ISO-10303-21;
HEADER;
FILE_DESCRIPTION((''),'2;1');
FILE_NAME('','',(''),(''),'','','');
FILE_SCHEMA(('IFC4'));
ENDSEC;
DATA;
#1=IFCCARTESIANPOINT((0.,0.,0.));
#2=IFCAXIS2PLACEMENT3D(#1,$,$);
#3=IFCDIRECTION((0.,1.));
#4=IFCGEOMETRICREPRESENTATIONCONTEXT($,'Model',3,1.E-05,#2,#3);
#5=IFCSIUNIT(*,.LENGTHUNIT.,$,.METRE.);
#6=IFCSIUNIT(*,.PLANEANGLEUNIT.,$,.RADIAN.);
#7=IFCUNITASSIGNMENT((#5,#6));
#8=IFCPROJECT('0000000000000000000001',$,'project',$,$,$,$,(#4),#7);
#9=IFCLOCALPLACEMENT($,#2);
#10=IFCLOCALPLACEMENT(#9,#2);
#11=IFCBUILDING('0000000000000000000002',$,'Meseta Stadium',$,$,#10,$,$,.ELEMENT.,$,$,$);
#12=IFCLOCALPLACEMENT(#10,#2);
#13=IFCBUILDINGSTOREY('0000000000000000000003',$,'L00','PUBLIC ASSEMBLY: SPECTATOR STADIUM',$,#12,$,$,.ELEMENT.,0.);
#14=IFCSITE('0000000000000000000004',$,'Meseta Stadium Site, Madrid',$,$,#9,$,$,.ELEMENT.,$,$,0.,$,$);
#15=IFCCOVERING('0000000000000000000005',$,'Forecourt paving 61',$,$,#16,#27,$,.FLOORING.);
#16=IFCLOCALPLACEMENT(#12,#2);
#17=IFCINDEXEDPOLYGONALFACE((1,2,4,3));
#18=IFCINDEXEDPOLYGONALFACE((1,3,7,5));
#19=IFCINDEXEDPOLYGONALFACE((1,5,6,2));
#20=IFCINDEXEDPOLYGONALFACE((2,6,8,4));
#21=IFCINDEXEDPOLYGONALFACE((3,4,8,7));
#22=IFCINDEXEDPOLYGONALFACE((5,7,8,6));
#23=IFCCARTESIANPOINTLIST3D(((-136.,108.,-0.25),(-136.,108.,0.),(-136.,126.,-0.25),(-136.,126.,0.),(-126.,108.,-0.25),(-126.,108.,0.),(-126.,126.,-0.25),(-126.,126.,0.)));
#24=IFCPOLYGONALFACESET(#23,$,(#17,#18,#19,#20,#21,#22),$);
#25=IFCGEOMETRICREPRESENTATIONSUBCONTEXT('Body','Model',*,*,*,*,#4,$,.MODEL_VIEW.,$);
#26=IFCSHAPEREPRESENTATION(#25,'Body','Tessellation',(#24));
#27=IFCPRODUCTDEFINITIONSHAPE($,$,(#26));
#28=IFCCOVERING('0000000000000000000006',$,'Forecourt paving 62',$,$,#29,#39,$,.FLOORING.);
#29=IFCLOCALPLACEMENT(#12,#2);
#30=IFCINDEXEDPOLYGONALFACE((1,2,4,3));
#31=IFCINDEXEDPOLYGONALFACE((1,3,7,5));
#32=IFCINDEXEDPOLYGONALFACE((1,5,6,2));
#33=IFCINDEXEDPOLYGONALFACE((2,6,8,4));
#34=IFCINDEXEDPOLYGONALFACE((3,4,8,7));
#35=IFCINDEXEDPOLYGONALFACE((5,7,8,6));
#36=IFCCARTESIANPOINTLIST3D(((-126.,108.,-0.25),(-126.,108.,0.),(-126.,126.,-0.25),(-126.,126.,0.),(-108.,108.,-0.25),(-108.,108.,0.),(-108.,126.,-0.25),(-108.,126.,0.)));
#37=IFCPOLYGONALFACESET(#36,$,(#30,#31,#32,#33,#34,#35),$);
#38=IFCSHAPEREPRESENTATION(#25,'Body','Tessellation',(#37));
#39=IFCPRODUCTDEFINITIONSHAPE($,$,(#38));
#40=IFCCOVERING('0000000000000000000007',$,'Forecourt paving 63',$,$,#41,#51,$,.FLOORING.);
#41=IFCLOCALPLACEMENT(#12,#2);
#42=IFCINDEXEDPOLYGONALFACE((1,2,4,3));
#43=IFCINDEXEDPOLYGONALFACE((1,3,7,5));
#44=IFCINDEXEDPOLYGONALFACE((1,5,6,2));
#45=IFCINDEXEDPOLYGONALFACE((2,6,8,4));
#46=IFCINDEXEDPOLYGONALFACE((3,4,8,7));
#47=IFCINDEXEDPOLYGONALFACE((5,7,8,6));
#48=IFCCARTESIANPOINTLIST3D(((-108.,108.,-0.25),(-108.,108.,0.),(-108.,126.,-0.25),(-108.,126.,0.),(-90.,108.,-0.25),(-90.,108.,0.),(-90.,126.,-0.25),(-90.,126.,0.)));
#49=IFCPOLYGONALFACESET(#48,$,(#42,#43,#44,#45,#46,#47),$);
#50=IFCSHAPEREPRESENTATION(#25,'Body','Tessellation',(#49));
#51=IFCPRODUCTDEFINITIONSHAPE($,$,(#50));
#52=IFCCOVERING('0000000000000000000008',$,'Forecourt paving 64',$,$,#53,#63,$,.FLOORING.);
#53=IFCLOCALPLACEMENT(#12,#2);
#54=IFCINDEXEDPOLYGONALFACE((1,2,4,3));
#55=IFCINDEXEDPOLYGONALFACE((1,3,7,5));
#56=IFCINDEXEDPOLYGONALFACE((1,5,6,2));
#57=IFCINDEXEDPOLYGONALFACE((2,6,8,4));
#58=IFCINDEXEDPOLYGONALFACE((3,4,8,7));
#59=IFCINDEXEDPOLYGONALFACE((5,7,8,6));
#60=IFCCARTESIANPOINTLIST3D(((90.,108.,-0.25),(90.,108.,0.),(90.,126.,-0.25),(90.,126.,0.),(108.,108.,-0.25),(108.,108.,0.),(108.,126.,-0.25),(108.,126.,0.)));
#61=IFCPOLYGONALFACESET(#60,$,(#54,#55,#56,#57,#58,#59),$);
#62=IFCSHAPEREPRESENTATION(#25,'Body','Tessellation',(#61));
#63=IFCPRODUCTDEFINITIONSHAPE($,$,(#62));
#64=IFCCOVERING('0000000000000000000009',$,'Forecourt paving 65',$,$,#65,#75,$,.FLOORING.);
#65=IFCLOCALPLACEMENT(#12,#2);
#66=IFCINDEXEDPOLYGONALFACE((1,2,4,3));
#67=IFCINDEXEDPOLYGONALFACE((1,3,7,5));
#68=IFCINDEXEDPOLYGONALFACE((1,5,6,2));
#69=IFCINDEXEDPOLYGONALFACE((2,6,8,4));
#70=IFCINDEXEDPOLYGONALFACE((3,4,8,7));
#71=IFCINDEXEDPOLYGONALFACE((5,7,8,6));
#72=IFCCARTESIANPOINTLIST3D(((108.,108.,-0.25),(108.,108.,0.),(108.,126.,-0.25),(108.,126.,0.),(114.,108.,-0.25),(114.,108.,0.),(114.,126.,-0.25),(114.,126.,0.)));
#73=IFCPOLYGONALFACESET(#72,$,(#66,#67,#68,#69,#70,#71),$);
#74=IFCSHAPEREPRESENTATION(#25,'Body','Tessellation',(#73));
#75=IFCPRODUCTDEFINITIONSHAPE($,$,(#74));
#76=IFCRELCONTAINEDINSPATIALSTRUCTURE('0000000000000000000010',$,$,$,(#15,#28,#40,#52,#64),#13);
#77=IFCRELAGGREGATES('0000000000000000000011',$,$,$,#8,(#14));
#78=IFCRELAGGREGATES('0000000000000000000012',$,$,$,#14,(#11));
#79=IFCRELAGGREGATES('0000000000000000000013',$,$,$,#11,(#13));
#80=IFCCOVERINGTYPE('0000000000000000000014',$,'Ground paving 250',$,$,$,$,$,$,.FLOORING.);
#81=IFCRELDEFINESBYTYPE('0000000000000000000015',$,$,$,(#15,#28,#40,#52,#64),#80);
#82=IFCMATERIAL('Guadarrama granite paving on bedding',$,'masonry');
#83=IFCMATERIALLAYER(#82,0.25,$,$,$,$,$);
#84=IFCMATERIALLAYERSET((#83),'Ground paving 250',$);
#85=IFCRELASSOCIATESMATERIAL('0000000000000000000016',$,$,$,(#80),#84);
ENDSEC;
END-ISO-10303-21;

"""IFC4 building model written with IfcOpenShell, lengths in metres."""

from ifc_helpers import new_model, si_unit, direction, frame, origin, place, context, subcontext, project, spatial, polyline, outline, extrude, material, layer, layer_set, type_object, element, save


model = new_model("IFC4")

# Units and contexts
model_context = context("Model", 3, precision=1e-05, world=origin(), true_north=direction((0.0, 1.0)))
body_context = subcontext(model_context, "Body", "Model", "MODEL_VIEW")
ifc_project = project(units=[si_unit("LENGTHUNIT", "METRE"), si_unit("PLANEANGLEUNIT", "RADIAN")], contexts=[model_context])

# Site, building, storey
site_placement = place(None, origin())
site = spatial("IfcSite", under=ifc_project, at=site_placement, Name="Meseta Stadium Site, Madrid", CompositionType="ELEMENT", RefElevation=0.0)
building_placement = place(site_placement, origin())
building = spatial("IfcBuilding", under=site, at=building_placement, Name="Meseta Stadium", CompositionType="ELEMENT")
storey_placement = place(building_placement, origin())
storey = spatial("IfcBuildingStorey", under=building, at=storey_placement, Name="L00", Description="PUBLIC ASSEMBLY: SPECTATOR STADIUM", CompositionType="ELEMENT", Elevation=0.0)

# Coverings
ifc_material = material(Name="Guadarrama granite paving on bedding", Category="masonry")
ifc_layer = layer(ifc_material, 0.25)
ifc_layer_set = layer_set([ifc_layer], Name="Ground paving 250")
covering_type = type_object("IfcCoveringType", Name="Ground paving 250", PredefinedType="FLOORING", material=ifc_layer_set)
covering_1_placement = place(storey_placement, frame((0.0, 0.0, -0.25)))
element("IfcCovering", 1, at=covering_1_placement, inside=storey, type_object=covering_type, Name="Forecourt paving 61", PredefinedType="FLOORING", context=body_context, shape_type="SweptSolid", body=[
    extrude(outline(polyline([(-136.0, 126.0), (-136.0, 108.0), (-126.0, 108.0), (-126.0, 126.0), (-136.0, 126.0)])), origin(), (0.0, 0.0, 1.0), 0.25),
])
covering_2_placement = place(storey_placement, frame((0.0, 0.0, -0.25)))
element("IfcCovering", 2, at=covering_2_placement, inside=storey, type_object=covering_type, Name="Forecourt paving 62", PredefinedType="FLOORING", context=body_context, shape_type="SweptSolid", body=[
    extrude(outline(polyline([(-108.0, 108.0), (-108.0, 126.0), (-126.0, 126.0), (-126.0, 108.0), (-108.0, 108.0)])), origin(), (0.0, 0.0, 1.0), 0.25),
])
covering_3_placement = place(storey_placement, frame((0.0, 0.0, -0.25)))
element("IfcCovering", 3, at=covering_3_placement, inside=storey, type_object=covering_type, Name="Forecourt paving 63", PredefinedType="FLOORING", context=body_context, shape_type="SweptSolid", body=[
    extrude(outline(polyline([(-90.0, 108.0), (-90.0, 126.0), (-108.0, 126.0), (-108.0, 108.0), (-90.0, 108.0)])), origin(), (0.0, 0.0, 1.0), 0.25),
])
covering_4_placement = place(storey_placement, frame((0.0, 0.0, -0.25)))
element("IfcCovering", 4, at=covering_4_placement, inside=storey, type_object=covering_type, Name="Forecourt paving 64", PredefinedType="FLOORING", context=body_context, shape_type="SweptSolid", body=[
    extrude(outline(polyline([(108.0, 108.0), (108.0, 126.0), (90.0, 126.0), (90.0, 108.0), (108.0, 108.0)])), origin(), (0.0, 0.0, 1.0), 0.25),
])
covering_5_placement = place(storey_placement, frame((0.0, 0.0, -0.25)))
element("IfcCovering", 5, at=covering_5_placement, inside=storey, type_object=covering_type, Name="Forecourt paving 65", PredefinedType="FLOORING", context=body_context, shape_type="SweptSolid", body=[
    extrude(outline(polyline([(114.0, 108.0), (114.0, 126.0), (108.0, 126.0), (108.0, 108.0), (114.0, 108.0)])), origin(), (0.0, 0.0, 1.0), 0.25),
])

save(model, "model.ifc")
